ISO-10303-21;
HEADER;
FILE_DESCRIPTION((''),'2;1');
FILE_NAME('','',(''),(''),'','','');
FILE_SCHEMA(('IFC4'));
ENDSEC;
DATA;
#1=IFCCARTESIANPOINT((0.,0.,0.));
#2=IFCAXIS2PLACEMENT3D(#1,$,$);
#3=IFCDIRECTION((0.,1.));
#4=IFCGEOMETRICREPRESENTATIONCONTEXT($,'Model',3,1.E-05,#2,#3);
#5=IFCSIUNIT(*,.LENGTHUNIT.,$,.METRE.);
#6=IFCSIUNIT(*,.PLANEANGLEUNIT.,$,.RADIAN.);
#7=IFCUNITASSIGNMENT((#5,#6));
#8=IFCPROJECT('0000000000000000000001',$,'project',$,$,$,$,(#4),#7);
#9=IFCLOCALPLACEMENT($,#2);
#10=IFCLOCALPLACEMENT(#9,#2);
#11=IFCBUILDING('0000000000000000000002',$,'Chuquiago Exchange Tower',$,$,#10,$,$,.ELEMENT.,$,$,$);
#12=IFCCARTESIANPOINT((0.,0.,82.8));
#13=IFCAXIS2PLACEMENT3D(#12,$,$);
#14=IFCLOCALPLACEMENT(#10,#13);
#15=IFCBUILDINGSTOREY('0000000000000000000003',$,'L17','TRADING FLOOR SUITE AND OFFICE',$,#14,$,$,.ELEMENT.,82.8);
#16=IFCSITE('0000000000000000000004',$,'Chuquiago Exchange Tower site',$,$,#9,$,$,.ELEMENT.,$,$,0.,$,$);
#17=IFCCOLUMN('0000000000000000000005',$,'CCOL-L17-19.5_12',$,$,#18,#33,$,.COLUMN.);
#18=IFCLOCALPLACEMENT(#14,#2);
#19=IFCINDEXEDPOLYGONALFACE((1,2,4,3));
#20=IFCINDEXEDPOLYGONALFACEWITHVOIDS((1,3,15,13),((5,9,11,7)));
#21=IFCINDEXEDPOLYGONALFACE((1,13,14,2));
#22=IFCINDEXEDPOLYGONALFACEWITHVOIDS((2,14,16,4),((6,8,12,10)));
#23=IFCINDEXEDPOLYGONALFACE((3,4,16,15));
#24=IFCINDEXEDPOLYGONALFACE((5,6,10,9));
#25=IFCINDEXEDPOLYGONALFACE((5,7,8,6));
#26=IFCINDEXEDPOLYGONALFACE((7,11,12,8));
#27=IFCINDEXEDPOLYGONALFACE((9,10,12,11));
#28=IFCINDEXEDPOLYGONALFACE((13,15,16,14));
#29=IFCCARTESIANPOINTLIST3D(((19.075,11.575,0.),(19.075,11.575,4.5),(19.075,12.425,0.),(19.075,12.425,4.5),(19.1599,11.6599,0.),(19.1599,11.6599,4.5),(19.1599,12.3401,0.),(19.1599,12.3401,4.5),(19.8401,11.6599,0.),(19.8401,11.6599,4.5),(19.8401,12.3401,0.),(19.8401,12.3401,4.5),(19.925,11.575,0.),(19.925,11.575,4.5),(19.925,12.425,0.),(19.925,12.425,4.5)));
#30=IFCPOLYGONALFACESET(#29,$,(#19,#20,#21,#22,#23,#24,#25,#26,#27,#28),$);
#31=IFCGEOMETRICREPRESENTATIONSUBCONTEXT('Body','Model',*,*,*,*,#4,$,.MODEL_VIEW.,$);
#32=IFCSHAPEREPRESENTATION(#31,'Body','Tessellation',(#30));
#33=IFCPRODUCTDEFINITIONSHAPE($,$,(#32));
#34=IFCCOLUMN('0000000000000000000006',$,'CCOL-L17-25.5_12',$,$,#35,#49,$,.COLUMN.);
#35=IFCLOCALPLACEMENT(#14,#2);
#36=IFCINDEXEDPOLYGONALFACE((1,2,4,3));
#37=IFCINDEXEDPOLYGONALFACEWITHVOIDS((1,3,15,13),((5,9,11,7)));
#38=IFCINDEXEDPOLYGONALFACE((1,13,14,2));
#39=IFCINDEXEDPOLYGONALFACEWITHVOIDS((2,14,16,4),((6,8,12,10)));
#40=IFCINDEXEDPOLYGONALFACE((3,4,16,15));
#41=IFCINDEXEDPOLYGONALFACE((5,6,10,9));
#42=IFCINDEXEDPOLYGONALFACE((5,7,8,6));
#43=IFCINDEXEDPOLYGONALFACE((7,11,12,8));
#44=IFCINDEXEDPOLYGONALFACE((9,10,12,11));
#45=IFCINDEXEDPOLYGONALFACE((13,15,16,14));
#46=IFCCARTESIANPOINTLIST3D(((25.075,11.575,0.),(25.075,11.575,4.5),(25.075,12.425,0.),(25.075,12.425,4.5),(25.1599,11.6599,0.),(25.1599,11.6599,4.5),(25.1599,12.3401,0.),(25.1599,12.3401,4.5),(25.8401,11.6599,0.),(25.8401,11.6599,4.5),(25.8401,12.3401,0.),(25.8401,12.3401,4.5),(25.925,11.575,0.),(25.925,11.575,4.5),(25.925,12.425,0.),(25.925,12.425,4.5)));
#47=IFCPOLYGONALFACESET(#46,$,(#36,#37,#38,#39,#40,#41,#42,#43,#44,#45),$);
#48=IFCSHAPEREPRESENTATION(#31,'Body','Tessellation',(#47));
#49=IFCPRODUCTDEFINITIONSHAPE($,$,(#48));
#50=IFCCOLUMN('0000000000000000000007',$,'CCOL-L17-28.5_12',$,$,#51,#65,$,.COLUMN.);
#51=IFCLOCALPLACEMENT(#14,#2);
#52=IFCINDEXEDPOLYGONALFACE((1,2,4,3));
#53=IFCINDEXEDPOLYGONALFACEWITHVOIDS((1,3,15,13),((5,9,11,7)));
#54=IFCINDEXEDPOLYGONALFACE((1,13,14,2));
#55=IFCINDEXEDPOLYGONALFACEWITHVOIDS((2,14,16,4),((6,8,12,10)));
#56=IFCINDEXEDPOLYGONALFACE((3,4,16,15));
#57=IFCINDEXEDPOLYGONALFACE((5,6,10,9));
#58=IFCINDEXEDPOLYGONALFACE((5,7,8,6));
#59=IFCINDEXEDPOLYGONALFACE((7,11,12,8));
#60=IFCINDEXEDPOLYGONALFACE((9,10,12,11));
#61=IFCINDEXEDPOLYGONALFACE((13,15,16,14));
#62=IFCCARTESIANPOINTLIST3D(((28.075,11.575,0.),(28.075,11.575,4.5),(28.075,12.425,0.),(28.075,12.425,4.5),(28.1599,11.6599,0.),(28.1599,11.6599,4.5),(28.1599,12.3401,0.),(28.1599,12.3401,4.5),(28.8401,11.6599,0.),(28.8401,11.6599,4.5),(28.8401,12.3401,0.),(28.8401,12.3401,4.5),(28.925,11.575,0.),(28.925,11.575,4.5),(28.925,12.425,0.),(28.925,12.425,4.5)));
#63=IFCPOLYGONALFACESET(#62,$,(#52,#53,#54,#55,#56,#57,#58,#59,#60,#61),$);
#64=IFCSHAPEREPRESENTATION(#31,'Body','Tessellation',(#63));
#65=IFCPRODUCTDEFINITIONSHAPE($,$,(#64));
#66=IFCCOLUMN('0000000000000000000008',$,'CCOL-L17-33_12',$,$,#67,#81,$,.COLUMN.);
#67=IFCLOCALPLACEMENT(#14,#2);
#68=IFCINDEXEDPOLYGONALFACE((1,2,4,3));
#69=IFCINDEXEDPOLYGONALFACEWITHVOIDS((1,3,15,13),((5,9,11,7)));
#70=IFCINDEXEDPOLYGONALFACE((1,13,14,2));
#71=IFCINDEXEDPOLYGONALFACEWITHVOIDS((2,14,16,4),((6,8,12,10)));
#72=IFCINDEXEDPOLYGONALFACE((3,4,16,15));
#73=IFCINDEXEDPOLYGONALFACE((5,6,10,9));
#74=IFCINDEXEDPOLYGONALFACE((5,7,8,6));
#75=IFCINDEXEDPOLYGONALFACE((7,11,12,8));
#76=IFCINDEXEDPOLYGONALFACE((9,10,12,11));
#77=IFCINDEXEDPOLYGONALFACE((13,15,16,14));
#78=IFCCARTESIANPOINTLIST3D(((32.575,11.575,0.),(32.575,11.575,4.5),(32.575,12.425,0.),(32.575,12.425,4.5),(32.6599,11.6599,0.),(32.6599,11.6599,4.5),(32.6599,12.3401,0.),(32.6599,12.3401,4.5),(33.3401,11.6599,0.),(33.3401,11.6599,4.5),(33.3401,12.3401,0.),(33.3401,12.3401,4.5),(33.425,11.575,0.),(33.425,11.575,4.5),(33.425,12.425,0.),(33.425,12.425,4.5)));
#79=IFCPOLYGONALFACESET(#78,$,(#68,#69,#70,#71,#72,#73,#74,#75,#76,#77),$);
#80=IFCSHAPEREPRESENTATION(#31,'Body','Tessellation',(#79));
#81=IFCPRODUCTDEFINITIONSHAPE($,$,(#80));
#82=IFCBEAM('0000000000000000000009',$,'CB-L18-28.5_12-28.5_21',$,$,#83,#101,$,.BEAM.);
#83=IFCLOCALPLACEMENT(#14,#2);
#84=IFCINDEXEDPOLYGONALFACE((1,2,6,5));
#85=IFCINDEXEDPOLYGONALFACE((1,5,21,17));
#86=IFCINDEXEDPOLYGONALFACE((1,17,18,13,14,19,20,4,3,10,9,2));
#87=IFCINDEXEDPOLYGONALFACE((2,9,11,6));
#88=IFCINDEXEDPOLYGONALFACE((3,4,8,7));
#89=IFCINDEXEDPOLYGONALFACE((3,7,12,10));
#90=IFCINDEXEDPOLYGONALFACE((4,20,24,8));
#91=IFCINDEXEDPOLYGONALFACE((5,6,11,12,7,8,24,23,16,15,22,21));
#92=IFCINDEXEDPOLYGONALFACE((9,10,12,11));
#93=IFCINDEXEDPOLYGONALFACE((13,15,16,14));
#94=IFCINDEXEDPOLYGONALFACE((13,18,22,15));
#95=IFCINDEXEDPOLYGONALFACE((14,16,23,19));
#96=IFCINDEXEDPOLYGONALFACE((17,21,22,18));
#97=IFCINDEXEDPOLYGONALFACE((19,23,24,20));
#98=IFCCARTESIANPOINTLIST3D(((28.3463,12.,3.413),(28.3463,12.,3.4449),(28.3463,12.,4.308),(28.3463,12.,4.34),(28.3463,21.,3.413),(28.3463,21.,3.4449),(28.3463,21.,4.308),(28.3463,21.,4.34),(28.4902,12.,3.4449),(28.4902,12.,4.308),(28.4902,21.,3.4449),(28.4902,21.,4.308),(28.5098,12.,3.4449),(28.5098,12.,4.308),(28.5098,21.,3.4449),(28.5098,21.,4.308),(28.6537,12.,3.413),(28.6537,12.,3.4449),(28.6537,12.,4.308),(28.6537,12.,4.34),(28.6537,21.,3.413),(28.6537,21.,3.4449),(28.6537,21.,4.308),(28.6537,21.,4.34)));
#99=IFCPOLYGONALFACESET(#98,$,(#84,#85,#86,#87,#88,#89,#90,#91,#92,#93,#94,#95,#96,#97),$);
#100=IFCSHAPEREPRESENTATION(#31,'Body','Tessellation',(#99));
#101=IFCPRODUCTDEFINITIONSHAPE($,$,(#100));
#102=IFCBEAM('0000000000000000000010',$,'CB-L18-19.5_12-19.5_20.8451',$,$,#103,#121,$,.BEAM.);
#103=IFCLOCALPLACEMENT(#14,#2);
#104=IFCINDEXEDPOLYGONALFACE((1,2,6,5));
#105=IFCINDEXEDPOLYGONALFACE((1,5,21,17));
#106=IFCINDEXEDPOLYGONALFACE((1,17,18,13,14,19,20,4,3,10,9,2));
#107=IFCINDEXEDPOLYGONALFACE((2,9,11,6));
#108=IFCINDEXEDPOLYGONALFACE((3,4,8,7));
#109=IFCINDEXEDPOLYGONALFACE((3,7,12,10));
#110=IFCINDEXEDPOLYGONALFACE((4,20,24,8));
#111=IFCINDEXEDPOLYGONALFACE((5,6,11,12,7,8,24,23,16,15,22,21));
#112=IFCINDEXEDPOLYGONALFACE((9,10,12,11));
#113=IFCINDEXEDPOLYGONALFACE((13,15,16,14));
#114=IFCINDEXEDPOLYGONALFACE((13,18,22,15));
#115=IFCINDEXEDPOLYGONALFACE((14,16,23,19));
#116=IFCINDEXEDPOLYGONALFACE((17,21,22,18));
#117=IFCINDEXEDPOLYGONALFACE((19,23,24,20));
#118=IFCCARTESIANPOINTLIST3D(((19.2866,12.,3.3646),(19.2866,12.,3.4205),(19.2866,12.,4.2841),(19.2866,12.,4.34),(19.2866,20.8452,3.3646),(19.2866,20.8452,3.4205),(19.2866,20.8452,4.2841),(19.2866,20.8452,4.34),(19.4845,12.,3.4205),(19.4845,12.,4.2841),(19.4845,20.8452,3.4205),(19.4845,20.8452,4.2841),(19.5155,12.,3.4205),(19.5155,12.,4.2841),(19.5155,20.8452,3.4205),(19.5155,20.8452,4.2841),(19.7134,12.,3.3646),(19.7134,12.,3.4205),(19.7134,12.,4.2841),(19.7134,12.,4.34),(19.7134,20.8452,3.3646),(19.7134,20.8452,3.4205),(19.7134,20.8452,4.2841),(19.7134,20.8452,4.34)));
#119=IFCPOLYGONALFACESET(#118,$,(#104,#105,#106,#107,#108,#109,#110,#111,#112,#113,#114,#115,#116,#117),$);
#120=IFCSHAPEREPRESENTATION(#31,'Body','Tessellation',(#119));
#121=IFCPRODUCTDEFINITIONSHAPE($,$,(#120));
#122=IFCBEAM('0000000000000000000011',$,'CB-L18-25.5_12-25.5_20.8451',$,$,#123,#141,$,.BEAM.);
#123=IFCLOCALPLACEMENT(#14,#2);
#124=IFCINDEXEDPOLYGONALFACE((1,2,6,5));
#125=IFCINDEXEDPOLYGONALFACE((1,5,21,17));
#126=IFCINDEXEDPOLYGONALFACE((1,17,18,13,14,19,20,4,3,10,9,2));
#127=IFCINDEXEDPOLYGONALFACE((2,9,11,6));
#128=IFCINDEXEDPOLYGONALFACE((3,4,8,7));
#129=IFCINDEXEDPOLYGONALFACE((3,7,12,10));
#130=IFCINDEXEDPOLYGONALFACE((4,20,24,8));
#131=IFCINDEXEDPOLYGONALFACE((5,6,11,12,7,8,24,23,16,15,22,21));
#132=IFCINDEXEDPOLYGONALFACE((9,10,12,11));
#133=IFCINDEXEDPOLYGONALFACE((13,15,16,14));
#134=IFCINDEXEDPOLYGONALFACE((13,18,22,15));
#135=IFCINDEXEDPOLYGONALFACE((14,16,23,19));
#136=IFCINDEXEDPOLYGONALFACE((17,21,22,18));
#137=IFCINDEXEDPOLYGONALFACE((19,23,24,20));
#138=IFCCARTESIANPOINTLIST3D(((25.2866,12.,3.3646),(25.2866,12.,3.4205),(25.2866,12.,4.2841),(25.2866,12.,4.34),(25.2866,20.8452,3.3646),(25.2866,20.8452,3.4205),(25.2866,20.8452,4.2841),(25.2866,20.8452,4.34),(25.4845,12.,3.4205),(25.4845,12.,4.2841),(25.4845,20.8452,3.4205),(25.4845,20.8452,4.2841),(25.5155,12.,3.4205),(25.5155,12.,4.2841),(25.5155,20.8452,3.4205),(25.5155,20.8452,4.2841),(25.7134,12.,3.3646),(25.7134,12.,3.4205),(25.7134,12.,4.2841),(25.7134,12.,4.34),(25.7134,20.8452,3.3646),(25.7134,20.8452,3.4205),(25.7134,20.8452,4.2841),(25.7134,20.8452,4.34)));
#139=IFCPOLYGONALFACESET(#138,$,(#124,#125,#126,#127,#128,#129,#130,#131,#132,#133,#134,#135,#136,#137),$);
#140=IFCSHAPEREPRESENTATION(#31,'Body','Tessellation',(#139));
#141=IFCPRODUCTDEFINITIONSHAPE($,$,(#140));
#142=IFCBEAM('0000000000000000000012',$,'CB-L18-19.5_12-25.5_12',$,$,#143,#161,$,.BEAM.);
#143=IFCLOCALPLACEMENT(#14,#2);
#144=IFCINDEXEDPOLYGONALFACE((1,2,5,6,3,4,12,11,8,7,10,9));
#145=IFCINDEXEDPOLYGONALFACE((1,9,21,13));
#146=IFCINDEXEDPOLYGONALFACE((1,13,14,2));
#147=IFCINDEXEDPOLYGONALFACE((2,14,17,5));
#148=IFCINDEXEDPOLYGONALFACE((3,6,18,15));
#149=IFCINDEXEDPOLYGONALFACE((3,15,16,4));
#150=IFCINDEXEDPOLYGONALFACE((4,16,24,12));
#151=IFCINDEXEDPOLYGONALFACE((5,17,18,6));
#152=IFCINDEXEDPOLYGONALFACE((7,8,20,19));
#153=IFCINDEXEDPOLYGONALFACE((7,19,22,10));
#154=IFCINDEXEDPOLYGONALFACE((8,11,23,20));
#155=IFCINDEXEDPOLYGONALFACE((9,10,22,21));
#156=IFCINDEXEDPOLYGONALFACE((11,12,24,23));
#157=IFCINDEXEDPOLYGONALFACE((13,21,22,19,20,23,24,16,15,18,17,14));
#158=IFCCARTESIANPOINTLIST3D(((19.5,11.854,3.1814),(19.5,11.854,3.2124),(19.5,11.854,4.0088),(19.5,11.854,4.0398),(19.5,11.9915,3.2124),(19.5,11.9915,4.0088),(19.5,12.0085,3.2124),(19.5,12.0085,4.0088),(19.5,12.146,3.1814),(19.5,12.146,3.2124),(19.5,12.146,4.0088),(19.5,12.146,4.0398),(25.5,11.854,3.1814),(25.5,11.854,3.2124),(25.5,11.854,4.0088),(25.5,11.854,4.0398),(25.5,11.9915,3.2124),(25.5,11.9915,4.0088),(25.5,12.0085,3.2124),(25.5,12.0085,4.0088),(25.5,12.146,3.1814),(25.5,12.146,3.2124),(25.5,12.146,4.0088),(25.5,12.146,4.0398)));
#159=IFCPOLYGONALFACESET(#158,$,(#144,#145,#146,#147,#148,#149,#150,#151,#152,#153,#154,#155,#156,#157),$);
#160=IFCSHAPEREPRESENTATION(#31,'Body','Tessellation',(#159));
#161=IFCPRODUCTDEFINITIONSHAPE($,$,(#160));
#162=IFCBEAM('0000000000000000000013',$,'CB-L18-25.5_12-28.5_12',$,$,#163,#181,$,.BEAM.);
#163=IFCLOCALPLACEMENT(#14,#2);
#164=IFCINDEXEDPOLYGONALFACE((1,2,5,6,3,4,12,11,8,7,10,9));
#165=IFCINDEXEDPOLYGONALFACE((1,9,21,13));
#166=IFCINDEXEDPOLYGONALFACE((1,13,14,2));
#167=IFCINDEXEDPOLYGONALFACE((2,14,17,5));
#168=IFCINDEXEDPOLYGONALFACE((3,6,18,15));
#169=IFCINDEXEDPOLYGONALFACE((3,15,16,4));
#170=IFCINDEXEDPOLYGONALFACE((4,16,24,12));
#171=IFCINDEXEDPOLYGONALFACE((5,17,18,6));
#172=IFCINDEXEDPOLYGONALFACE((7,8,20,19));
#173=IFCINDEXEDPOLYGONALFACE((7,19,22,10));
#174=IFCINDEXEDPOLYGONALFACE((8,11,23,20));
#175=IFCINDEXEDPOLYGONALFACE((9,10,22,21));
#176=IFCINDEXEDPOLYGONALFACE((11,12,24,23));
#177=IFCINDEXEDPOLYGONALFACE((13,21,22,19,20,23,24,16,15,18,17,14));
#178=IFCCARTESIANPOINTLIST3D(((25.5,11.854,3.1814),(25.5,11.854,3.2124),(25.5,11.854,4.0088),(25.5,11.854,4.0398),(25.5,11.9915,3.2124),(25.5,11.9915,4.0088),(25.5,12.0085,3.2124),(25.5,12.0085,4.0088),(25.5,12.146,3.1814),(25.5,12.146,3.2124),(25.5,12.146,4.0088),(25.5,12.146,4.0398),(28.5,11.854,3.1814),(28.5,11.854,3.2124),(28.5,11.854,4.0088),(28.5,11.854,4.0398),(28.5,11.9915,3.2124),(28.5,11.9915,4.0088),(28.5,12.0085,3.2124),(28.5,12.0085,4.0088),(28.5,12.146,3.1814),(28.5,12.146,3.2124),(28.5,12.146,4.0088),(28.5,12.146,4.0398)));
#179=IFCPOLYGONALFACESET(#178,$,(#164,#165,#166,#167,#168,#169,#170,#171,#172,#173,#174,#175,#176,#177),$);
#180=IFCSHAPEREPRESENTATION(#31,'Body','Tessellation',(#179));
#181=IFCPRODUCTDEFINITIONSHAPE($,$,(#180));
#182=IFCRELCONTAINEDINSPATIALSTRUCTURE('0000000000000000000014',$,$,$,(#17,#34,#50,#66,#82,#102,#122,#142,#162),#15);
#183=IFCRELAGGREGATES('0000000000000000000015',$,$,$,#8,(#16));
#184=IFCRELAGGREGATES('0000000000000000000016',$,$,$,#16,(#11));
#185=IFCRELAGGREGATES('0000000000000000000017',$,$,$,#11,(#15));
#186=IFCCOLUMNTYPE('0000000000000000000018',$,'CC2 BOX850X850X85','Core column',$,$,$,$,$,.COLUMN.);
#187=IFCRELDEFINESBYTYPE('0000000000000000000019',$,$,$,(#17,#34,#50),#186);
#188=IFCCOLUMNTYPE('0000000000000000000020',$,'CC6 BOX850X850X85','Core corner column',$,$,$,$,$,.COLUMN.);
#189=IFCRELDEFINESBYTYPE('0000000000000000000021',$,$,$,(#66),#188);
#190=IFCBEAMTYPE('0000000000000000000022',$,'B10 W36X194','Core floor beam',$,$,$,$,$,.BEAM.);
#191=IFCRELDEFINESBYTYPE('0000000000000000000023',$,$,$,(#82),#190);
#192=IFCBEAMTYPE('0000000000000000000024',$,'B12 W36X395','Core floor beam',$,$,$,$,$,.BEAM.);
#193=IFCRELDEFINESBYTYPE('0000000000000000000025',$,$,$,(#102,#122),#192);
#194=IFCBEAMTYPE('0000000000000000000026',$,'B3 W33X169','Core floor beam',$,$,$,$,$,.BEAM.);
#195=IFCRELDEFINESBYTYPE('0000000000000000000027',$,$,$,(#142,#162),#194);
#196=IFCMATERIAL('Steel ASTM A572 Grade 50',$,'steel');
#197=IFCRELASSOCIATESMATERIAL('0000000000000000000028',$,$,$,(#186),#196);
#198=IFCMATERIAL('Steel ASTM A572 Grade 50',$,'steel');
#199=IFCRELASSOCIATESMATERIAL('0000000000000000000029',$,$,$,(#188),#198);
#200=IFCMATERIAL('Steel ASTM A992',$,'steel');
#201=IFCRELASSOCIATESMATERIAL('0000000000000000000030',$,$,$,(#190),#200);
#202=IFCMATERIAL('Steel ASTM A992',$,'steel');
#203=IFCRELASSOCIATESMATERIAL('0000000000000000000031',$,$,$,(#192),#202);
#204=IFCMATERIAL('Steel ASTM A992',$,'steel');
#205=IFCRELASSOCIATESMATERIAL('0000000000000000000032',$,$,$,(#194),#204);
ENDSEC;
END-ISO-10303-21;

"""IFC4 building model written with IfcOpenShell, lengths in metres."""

from ifc_helpers import new_model, si_unit, direction, frame, origin, origin_2d, place, context, subcontext, project, spatial, hollow_rectangle, i_section, extrude, material, material_profile, profile_set, type_object, element, save


model = new_model("IFC4")

# Units and contexts
model_context = context("Model", 3, precision=1e-05, world=origin(), true_north=direction((0.0, 1.0)))
body_context = subcontext(model_context, "Body", "Model", "MODEL_VIEW")
ifc_project = project(units=[si_unit("LENGTHUNIT", "METRE"), si_unit("PLANEANGLEUNIT", "RADIAN")], contexts=[model_context])

# Site, building, storey
site_placement = place(None, origin())
site = spatial("IfcSite", under=ifc_project, at=site_placement, Name="Chuquiago Exchange Tower site", CompositionType="ELEMENT", RefElevation=0.0)
building_placement = place(site_placement, origin())
building = spatial("IfcBuilding", under=site, at=building_placement, Name="Chuquiago Exchange Tower", CompositionType="ELEMENT")
storey_placement = place(building_placement, frame((0.0, 0.0, 82.8)))
storey = spatial("IfcBuildingStorey", under=building, at=storey_placement, Name="L17", Description="TRADING FLOOR SUITE AND OFFICE", CompositionType="ELEMENT", Elevation=82.8)

# Columns
ifc_material_1 = material(Name="Steel ASTM A572 Grade 50", Category="steel")
ifc_material_profile_1 = material_profile(ifc_material_1, hollow_rectangle(XDim=0.8501, YDim=0.8501, WallThickness=0.085, at=origin_2d()), Name="BOX850X850X85")
ifc_profile_set_1 = profile_set([ifc_material_profile_1], Name="Steel ASTM A572 Grade 50")
column_type_1 = type_object("IfcColumnType", Name="CC2 BOX850X850X85", Description="Core column", PredefinedType="COLUMN", material=ifc_profile_set_1)
for number, where, z_axis, x_axis, name in (
    (1, (19.5, 12.0, 0.0), (0.0, 0.0, 1.0), (1.0, 0.0, 0.0), "CCOL-L17-19.5_12"),
    (2, (25.5, 12.0, 0.0), (0.0, 0.0, 1.0), (1.0, 0.0, 0.0), "CCOL-L17-25.5_12"),
    (3, (28.5, 12.0, 0.0), (0.0, 0.0, 1.0), (1.0, 0.0, 0.0), "CCOL-L17-28.5_12"),
):
    element("IfcColumn", number, at=place(storey_placement, frame(where, z_axis=z_axis, x_axis=x_axis)), inside=storey, type_object=column_type_1, Name=name, PredefinedType="COLUMN", context=body_context, shape_type="SweptSolid", body=[
        extrude(hollow_rectangle(XDim=0.8501, YDim=0.8501, WallThickness=0.085, at=origin_2d()), origin(), (0.0, 0.0, 1.0), 4.5),
    ])
ifc_material_2 = material(Name="Steel ASTM A572 Grade 50", Category="steel")
ifc_material_profile_2 = material_profile(ifc_material_2, hollow_rectangle(XDim=0.8501, YDim=0.8501, WallThickness=0.085, at=origin_2d()), Name="BOX850X850X85")
ifc_profile_set_2 = profile_set([ifc_material_profile_2], Name="Steel ASTM A572 Grade 50")
column_type_2 = type_object("IfcColumnType", Name="CC6 BOX850X850X85", Description="Core corner column", PredefinedType="COLUMN", material=ifc_profile_set_2)
column_placement = place(storey_placement, frame((33.0, 12.0, 0.0), z_axis=(0.0, 0.0, 1.0), x_axis=(1.0, 0.0, 0.0)))
element("IfcColumn", 4, at=column_placement, inside=storey, type_object=column_type_2, Name="CCOL-L17-33_12", PredefinedType="COLUMN", context=body_context, shape_type="SweptSolid", body=[
    extrude(hollow_rectangle(XDim=0.8501, YDim=0.8501, WallThickness=0.085, at=origin_2d()), origin(), (0.0, 0.0, 1.0), 4.5),
])

# Beams
ifc_material_3 = material(Name="Steel ASTM A992", Category="steel")
ifc_material_profile_3 = material_profile(ifc_material_3, i_section(OverallWidth=0.3074, OverallDepth=0.927, WebThickness=0.0195, FlangeThickness=0.032, at=origin_2d()), Name="W36X194")
ifc_profile_set_3 = profile_set([ifc_material_profile_3], Name="Steel ASTM A992")
beam_type_1 = type_object("IfcBeamType", Name="B10 W36X194", Description="Core floor beam", PredefinedType="BEAM", material=ifc_profile_set_3)
beam_1_placement = place(storey_placement, frame((28.5, 12.0, 3.8765), z_axis=(0.0, 1.0, 0.0), x_axis=(-1.0, 0.0, 0.0)))
element("IfcBeam", 5, at=beam_1_placement, inside=storey, type_object=beam_type_1, Name="CB-L18-28.5_12-28.5_21", PredefinedType="BEAM", context=body_context, shape_type="SweptSolid", body=[
    extrude(i_section(OverallWidth=0.3074, OverallDepth=0.927, WebThickness=0.0195, FlangeThickness=0.032, at=origin_2d()), origin(), (0.0, 0.0, 1.0), 9.0),
])
ifc_material_4 = material(Name="Steel ASTM A992", Category="steel")
ifc_material_profile_4 = material_profile(ifc_material_4, i_section(OverallWidth=0.4268, OverallDepth=0.9753, WebThickness=0.031, FlangeThickness=0.0559, at=origin_2d()), Name="W36X395")
ifc_profile_set_4 = profile_set([ifc_material_profile_4], Name="Steel ASTM A992")
beam_type_2 = type_object("IfcBeamType", Name="B12 W36X395", Description="Core floor beam", PredefinedType="BEAM", material=ifc_profile_set_4)
for number, where, z_axis, x_axis, name in (
    (6, (19.5, 12.0, 3.8523), (0.0, 1.0, 0.0), (-1.0, 0.0, 0.0), "CB-L18-19.5_12-19.5_20.8451"),
    (7, (25.5, 12.0, 3.8523), (0.0, 1.0, 0.0), (-1.0, 0.0, 0.0), "CB-L18-25.5_12-25.5_20.8451"),
):
    element("IfcBeam", number, at=place(storey_placement, frame(where, z_axis=z_axis, x_axis=x_axis)), inside=storey, type_object=beam_type_2, Name=name, PredefinedType="BEAM", context=body_context, shape_type="SweptSolid", body=[
        extrude(i_section(OverallWidth=0.4268, OverallDepth=0.9753, WebThickness=0.031, FlangeThickness=0.0559, at=origin_2d()), origin(), (0.0, 0.0, 1.0), 8.8452),
    ])
ifc_material_5 = material(Name="Steel ASTM A992", Category="steel")
ifc_material_profile_5 = material_profile(ifc_material_5, i_section(OverallWidth=0.292, OverallDepth=0.8584, WebThickness=0.0171, FlangeThickness=0.031, at=origin_2d()), Name="W33X169")
ifc_profile_set_5 = profile_set([ifc_material_profile_5], Name="Steel ASTM A992")
beam_type_3 = type_object("IfcBeamType", Name="B3 W33X169", Description="Core floor beam", PredefinedType="BEAM", material=ifc_profile_set_5)
beam_2_placement = place(storey_placement, frame((19.5, 12.0, 3.6106), z_axis=(1.0, 0.0, 0.0), x_axis=(0.0, 1.0, 0.0)))
element("IfcBeam", 8, at=beam_2_placement, inside=storey, type_object=beam_type_3, Name="CB-L18-19.5_12-25.5_12", PredefinedType="BEAM", context=body_context, shape_type="SweptSolid", body=[
    extrude(i_section(OverallWidth=0.292, OverallDepth=0.8584, WebThickness=0.0171, FlangeThickness=0.031, at=origin_2d()), origin(), (0.0, 0.0, 1.0), 6.0),
])
beam_3_placement = place(storey_placement, frame((25.5, 12.0, 3.6106), z_axis=(1.0, 0.0, 0.0), x_axis=(0.0, 1.0, 0.0)))
element("IfcBeam", 9, at=beam_3_placement, inside=storey, type_object=beam_type_3, Name="CB-L18-25.5_12-28.5_12", PredefinedType="BEAM", context=body_context, shape_type="SweptSolid", body=[
    extrude(i_section(OverallWidth=0.292, OverallDepth=0.8584, WebThickness=0.0171, FlangeThickness=0.031, at=origin_2d()), origin(), (0.0, 0.0, 1.0), 3.0),
])

save(model, "model.ifc")
